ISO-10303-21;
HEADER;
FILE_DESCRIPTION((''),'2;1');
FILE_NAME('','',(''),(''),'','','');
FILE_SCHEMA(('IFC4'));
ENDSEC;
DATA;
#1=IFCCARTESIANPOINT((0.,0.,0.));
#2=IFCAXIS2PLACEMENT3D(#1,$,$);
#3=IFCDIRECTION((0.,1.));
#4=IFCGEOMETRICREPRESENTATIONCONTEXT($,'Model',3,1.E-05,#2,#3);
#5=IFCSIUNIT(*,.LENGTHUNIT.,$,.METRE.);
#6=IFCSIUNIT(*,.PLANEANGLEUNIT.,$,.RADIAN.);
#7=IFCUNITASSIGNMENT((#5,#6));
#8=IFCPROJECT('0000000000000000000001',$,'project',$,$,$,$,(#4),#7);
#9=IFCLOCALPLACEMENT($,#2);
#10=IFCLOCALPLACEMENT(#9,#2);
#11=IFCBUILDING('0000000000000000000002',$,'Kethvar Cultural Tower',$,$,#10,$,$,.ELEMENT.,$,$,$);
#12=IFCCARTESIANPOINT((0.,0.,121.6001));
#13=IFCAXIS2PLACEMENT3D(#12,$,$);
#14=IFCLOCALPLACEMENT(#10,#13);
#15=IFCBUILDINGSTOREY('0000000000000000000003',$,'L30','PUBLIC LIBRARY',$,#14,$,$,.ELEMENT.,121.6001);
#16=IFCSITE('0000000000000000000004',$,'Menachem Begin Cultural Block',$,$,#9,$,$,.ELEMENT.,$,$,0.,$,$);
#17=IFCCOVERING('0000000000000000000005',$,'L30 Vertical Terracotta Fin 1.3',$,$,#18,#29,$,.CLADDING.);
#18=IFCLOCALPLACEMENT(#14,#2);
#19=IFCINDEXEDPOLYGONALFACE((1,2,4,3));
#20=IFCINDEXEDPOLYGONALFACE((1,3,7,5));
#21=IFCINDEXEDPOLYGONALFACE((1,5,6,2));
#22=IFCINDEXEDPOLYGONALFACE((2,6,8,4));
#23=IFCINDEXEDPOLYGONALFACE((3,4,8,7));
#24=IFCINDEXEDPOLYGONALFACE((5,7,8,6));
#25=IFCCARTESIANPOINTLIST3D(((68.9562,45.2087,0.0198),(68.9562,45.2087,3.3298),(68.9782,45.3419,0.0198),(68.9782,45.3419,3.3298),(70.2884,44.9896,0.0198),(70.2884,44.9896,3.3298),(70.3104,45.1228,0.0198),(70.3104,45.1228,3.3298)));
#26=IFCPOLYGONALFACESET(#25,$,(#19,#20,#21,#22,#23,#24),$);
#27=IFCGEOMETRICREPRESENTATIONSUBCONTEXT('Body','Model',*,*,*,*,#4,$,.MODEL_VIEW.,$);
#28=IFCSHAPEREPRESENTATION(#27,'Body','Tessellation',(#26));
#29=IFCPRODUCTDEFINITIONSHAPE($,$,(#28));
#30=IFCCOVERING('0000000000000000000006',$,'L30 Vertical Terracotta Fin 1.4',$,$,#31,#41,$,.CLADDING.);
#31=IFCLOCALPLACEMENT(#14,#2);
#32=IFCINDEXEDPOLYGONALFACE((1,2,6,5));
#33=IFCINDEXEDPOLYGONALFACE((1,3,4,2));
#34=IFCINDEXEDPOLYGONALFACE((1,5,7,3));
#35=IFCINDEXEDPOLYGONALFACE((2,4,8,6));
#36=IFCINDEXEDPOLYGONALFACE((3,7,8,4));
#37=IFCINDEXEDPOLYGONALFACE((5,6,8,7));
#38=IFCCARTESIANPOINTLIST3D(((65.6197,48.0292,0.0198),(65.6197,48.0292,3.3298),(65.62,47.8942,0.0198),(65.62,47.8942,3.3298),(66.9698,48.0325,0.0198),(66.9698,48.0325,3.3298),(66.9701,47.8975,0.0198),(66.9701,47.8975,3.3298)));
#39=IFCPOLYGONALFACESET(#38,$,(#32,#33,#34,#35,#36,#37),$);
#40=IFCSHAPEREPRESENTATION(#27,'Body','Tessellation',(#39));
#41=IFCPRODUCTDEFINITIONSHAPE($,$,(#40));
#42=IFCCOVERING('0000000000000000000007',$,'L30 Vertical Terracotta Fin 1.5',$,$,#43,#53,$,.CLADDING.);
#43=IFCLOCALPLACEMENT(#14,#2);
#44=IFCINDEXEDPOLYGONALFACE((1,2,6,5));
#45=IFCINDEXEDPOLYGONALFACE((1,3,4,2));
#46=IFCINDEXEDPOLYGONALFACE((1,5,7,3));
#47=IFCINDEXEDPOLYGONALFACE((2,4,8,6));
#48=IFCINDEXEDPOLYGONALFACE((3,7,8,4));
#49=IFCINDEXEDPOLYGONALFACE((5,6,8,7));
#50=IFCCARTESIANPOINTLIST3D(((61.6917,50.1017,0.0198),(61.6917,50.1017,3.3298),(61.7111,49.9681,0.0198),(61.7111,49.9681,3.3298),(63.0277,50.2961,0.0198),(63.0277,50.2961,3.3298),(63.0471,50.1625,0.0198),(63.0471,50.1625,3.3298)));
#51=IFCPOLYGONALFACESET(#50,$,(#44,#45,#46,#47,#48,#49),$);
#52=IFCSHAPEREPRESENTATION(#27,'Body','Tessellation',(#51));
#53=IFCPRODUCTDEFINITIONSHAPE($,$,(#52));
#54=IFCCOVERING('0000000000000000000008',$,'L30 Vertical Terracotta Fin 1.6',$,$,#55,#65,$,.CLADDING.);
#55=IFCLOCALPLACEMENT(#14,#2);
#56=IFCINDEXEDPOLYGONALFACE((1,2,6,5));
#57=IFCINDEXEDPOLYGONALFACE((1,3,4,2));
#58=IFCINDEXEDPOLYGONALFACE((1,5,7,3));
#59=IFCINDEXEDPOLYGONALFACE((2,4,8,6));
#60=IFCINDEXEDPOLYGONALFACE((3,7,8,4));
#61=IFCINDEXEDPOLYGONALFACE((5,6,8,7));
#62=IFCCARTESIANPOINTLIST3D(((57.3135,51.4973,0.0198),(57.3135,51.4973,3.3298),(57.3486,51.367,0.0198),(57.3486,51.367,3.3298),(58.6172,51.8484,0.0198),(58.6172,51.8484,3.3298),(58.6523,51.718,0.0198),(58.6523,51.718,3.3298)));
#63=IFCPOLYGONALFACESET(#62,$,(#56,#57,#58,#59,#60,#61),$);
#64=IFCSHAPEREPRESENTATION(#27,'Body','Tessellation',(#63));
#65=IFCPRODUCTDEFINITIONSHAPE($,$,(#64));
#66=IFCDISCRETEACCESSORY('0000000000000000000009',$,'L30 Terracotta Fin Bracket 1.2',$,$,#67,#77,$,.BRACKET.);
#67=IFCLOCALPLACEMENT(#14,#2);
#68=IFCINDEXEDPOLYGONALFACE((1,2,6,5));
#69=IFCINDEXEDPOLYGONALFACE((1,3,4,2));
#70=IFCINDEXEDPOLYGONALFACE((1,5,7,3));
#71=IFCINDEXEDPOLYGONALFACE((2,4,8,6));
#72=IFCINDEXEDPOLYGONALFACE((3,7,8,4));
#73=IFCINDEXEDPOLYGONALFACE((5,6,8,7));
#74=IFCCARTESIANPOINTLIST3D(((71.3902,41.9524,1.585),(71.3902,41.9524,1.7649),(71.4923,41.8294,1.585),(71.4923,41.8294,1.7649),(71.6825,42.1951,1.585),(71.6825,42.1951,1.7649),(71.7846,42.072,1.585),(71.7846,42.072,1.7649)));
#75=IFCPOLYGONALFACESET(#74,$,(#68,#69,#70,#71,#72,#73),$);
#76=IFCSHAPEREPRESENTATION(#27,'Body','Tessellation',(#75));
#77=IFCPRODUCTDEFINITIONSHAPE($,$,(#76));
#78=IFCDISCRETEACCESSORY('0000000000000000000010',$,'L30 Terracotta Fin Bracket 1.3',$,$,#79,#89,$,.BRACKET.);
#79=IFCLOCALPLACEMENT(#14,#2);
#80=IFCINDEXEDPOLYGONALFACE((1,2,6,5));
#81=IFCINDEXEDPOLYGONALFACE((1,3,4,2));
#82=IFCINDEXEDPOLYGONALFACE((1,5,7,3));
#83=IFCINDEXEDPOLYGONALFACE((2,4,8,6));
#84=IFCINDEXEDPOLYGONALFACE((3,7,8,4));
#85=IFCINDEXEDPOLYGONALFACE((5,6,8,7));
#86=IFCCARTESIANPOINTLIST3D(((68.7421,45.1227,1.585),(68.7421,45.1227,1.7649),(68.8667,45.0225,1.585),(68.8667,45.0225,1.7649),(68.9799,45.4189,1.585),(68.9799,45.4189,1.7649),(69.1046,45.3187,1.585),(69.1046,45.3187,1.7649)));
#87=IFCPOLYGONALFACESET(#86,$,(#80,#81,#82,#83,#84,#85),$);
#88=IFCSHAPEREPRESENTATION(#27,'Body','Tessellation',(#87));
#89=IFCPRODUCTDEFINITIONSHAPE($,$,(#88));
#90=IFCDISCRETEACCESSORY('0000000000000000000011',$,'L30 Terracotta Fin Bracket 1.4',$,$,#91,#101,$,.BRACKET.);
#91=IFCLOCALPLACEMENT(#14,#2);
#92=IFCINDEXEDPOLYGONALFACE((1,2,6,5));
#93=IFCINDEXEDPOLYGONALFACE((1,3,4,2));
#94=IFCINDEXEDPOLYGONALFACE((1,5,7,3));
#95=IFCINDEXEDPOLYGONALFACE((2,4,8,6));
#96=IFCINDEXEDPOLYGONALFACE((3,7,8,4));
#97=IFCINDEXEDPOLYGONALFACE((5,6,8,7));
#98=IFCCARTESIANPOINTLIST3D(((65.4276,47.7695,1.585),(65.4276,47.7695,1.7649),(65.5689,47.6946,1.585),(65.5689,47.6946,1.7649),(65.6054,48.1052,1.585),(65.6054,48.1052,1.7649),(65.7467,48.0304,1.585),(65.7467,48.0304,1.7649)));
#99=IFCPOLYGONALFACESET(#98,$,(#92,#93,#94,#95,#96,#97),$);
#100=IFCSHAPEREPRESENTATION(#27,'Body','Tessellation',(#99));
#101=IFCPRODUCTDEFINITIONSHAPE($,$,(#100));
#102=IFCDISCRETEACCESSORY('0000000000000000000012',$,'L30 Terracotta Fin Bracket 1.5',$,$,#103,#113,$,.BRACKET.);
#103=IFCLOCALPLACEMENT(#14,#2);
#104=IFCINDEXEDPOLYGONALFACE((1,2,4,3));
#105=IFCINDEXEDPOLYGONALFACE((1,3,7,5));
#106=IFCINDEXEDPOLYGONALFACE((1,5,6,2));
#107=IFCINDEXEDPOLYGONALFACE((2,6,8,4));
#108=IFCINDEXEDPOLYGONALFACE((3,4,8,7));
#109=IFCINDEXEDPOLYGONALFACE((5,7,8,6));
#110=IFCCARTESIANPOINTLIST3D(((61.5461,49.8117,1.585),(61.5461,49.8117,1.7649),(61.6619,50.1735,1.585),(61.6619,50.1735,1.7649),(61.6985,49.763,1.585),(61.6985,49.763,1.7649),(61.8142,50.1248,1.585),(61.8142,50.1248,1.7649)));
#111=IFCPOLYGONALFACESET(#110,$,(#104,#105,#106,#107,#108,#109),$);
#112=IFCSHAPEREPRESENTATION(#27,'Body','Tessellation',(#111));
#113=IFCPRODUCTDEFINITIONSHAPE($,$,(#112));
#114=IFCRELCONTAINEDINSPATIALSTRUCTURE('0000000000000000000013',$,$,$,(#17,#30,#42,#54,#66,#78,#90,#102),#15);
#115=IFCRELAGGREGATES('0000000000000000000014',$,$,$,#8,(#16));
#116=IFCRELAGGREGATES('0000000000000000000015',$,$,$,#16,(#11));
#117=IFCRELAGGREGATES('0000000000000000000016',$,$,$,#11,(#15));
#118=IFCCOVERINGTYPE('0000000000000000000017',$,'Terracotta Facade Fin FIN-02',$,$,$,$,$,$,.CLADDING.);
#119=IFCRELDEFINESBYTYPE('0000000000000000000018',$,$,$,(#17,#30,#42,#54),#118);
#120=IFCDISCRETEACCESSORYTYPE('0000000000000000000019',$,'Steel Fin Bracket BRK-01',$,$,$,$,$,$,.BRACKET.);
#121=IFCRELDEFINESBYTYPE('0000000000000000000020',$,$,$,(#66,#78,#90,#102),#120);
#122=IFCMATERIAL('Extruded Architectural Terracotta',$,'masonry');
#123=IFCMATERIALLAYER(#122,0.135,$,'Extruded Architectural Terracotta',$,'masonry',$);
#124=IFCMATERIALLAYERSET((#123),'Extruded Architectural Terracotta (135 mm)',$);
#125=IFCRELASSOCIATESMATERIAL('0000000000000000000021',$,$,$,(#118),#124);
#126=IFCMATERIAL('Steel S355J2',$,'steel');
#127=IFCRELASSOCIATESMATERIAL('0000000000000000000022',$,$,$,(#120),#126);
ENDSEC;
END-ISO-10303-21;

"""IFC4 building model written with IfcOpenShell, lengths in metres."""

from ifc_helpers import new_model, si_unit, direction, frame, origin, origin_2d, place, context, subcontext, project, spatial, rectangle, extrude, source, transform, mapped, material, layer, layer_set, type_object, element, save


model = new_model("IFC4")

# Units and contexts
model_context = context("Model", 3, precision=1e-05, world=origin(), true_north=direction((0.0, 1.0)))
body_context = subcontext(model_context, "Body", "Model", "MODEL_VIEW")
ifc_project = project(units=[si_unit("LENGTHUNIT", "METRE"), si_unit("PLANEANGLEUNIT", "RADIAN")], contexts=[model_context])

# Site, building, storey
site_placement = place(None, origin())
site = spatial("IfcSite", under=ifc_project, at=site_placement, Name="Menachem Begin Cultural Block", CompositionType="ELEMENT", RefElevation=0.0)
building_placement = place(site_placement, origin())
building = spatial("IfcBuilding", under=site, at=building_placement, Name="Kethvar Cultural Tower", CompositionType="ELEMENT")
storey_placement = place(building_placement, frame((0.0, 0.0, 121.6001)))
storey = spatial("IfcBuildingStorey", under=building, at=storey_placement, Name="L30", Description="PUBLIC LIBRARY", CompositionType="ELEMENT", Elevation=121.6001)

# Shared definitions
ifc_material_1 = material(Name="Steel S355J2", Category="steel")

# Coverings
ifc_material_2 = material(Name="Extruded Architectural Terracotta", Category="masonry")
ifc_layer_1 = layer(ifc_material_2, 0.135, Name="Extruded Architectural Terracotta", Category="masonry")
ifc_layer_set_1 = layer_set([ifc_layer_1], Name="Extruded Architectural Terracotta (135 mm)")
covering_type = type_object("IfcCoveringType", Name="Terracotta Facade Fin FIN-02", PredefinedType="CLADDING", material=ifc_layer_set_1)
shared_shape_1 = source(origin(), body_context, "Body", "SweptSolid", [
    extrude(rectangle(XDim=1.3501, YDim=0.135, at=origin_2d()), origin(), (0.0, 0.0, 1.0), 3.3101),
])
for number, where, z_axis, x_axis, name in (
    (1, (69.6333, 45.1658, 0.0198), (0.0, 0.0, 1.0), (0.986743, -0.162293, 0.0), "L30 Vertical Terracotta Fin 1.3"),
    (2, (66.2949, 47.9634, 0.0198), (0.0, 0.0, 1.0), (0.999997, 0.002443, 0.0), "L30 Vertical Terracotta Fin 1.4"),
    (3, (62.3694, 50.1321, 0.0198), (0.0, 0.0, 1.0), (0.989576, 0.144011, 0.0), "L30 Vertical Terracotta Fin 1.5"),
    (4, (57.9829, 51.6077, 0.0198), (0.0, 0.0, 1.0), (0.965609, 0.259999, 0.0), "L30 Vertical Terracotta Fin 1.6"),
):
    element("IfcCovering", number, at=place(storey_placement, frame(where, z_axis=z_axis, x_axis=x_axis)), inside=storey, type_object=covering_type, Name=name, PredefinedType="CLADDING", context=body_context, shape_type="MappedRepresentation", body=[
        mapped(shared_shape_1, transform((0.0, 0.0, 0.0), scale=1.0)),
    ])

# Discrete accessories
discrete_accessory_type = type_object("IfcDiscreteAccessoryType", Name="Steel Fin Bracket BRK-01", PredefinedType="BRACKET", material=ifc_material_1)
shared_shape_2 = source(origin(), body_context, "Body", "SweptSolid", [
    extrude(rectangle(XDim=0.3799, YDim=0.1599, at=origin_2d()), origin(), (0.0, 0.0, 1.0), 0.1799),
])
for number, where, z_axis, x_axis, name in (
    (5, (71.5874, 42.0122, 1.585), (0.0, 0.0, 1.0), (0.7694, 0.638768, 0.0), "L30 Terracotta Fin Bracket 1.2"),
    (6, (68.9233, 45.2207, 1.585), (0.0, 0.0, 1.0), (0.626196, 0.779666, 0.0), "L30 Terracotta Fin Bracket 1.3"),
    (7, (65.5872, 47.8999, 1.585), (0.0, 0.0, 1.0), (0.46793, 0.883766, 0.0), "L30 Terracotta Fin Bracket 1.4"),
    (8, (61.6802, 49.9683, 1.585), (0.0, 0.0, 1.0), (0.304698, 0.952449, 0.0), "L30 Terracotta Fin Bracket 1.5"),
):
    element("IfcDiscreteAccessory", number, at=place(storey_placement, frame(where, z_axis=z_axis, x_axis=x_axis)), inside=storey, type_object=discrete_accessory_type, Name=name, PredefinedType="BRACKET", context=body_context, shape_type="MappedRepresentation", body=[
        mapped(shared_shape_2, transform((0.0, 0.0, 0.0), scale=1.0)),
    ])

save(model, "model.ifc")
